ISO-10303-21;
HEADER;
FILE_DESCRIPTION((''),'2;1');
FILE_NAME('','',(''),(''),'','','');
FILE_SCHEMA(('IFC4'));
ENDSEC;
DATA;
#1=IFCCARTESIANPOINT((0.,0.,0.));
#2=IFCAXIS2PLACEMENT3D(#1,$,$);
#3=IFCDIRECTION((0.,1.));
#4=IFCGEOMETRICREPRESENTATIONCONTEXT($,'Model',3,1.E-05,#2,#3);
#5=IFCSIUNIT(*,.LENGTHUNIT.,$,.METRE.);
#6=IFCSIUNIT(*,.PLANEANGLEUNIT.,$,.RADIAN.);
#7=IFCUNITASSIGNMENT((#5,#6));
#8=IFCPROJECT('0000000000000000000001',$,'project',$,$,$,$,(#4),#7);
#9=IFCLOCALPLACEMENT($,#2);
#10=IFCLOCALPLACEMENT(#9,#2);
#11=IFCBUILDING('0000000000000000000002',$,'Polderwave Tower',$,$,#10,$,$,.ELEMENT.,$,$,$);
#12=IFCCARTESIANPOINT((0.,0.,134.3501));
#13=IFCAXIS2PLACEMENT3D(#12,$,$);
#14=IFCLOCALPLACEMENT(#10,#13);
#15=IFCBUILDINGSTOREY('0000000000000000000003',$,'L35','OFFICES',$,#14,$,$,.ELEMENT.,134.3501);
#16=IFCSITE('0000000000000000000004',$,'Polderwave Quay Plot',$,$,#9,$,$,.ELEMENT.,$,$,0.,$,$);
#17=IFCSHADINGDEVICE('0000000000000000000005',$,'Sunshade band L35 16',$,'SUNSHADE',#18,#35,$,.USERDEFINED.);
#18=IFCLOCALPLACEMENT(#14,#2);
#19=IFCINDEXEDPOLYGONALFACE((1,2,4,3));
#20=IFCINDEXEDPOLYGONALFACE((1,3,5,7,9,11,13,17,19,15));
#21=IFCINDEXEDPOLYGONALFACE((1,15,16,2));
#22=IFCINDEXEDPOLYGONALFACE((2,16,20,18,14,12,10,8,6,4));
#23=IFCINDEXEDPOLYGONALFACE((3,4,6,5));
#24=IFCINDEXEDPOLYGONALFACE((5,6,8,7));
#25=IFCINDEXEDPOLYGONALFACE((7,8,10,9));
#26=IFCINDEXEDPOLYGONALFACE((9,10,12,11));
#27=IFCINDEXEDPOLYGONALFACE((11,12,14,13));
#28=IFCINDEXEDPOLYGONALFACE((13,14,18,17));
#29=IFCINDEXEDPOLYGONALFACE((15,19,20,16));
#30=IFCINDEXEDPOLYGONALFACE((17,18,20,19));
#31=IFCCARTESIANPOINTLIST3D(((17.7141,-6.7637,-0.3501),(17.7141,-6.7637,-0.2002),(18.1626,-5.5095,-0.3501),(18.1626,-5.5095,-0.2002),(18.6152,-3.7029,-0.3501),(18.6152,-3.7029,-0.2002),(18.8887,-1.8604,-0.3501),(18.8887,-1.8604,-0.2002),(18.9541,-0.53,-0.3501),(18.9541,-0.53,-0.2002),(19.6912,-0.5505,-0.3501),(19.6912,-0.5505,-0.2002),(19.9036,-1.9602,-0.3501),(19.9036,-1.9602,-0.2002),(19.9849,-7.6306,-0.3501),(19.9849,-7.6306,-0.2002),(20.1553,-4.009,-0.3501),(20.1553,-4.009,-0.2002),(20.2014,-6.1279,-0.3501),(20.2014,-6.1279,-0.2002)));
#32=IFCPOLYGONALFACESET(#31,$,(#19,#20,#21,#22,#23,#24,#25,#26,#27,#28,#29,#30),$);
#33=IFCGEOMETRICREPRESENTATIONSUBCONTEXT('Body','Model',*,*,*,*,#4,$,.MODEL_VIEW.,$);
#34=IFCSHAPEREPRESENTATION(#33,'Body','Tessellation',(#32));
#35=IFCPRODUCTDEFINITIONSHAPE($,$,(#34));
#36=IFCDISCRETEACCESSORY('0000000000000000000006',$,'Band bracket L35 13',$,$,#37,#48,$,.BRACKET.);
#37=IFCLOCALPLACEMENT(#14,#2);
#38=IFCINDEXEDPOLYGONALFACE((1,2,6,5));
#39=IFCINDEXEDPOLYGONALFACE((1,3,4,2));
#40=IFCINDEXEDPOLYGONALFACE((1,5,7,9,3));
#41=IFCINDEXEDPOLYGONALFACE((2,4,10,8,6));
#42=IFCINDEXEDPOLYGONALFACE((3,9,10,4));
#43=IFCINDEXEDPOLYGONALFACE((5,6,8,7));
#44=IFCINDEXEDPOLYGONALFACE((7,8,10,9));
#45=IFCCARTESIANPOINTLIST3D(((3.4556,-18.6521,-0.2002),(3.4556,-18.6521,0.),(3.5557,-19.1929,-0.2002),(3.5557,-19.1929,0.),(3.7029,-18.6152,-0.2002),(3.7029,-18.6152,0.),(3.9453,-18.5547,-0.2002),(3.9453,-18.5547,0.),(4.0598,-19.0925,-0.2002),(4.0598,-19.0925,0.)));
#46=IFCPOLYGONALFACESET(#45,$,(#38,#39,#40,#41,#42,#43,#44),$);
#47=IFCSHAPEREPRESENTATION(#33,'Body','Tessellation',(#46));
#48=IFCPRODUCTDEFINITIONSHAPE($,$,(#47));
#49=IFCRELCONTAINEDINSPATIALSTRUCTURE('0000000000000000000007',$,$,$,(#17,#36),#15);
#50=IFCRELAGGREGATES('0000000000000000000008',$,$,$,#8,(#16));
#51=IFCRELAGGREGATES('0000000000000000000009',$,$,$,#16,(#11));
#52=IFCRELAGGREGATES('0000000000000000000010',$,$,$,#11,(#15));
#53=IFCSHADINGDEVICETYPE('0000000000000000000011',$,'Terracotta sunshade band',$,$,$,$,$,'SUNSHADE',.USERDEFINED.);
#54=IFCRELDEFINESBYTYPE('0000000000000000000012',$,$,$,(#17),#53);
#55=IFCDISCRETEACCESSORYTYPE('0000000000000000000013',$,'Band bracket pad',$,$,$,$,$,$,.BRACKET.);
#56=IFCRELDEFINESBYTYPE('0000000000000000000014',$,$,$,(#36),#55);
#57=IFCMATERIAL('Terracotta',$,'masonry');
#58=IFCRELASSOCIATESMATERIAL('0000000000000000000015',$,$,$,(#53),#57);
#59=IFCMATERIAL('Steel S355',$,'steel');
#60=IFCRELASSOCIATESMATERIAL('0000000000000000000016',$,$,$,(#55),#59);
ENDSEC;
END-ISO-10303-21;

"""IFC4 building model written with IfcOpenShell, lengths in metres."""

from ifc_helpers import new_model, si_unit, direction, frame, origin, place, context, subcontext, project, spatial, polyline, outline, extrude, material, type_object, element, save


model = new_model("IFC4")

# Units and contexts
model_context = context("Model", 3, precision=1e-05, world=origin(), true_north=direction((0.0, 1.0)))
body_context = subcontext(model_context, "Body", "Model", "MODEL_VIEW")
ifc_project = project(units=[si_unit("LENGTHUNIT", "METRE"), si_unit("PLANEANGLEUNIT", "RADIAN")], contexts=[model_context])

# Site, building, storey
site_placement = place(None, origin())
site = spatial("IfcSite", under=ifc_project, at=site_placement, Name="Polderwave Quay Plot", CompositionType="ELEMENT", RefElevation=0.0)
building_placement = place(site_placement, origin())
building = spatial("IfcBuilding", under=site, at=building_placement, Name="Polderwave Tower", CompositionType="ELEMENT")
storey_placement = place(building_placement, frame((0.0, 0.0, 134.3501)))
storey = spatial("IfcBuildingStorey", under=building, at=storey_placement, Name="L35", Description="OFFICES", CompositionType="ELEMENT", Elevation=134.3501)

# Shading device
ifc_material_1 = material(Name="Terracotta", Category="masonry")
shading_device_type = type_object("IfcShadingDeviceType", Name="Terracotta sunshade band", ElementType="SUNSHADE", PredefinedType="USERDEFINED", material=ifc_material_1)
shading_device_1_placement = place(storey_placement, frame((0.0, 0.0, -0.3501)))
element("IfcShadingDevice", 1, at=shading_device_1_placement, inside=storey, type_object=shading_device_type, Name="Sunshade band L35 16", ObjectType="SUNSHADE", PredefinedType="USERDEFINED", context=body_context, shape_type="SweptSolid", body=[
    extrude(outline(polyline([(17.7141, -6.7637), (18.1626, -5.5095), (18.6152, -3.7029), (18.8887, -1.8604), (18.9541, -0.53), (19.6912, -0.5505), (19.9036, -1.9602), (20.1553, -4.009), (20.2014, -6.1279), (19.9849, -7.6306), (17.7141, -6.7637)])), origin(), (0.0, 0.0, 1.0), 0.1499),
])

# Discrete accessory
ifc_material_2 = material(Name="Steel S355", Category="steel")
discrete_accessory_type = type_object("IfcDiscreteAccessoryType", Name="Band bracket pad", PredefinedType="BRACKET", material=ifc_material_2)
discrete_accessory_placement = place(storey_placement, frame((0.0, 0.0, -0.2002)))
element("IfcDiscreteAccessory", 2, at=discrete_accessory_placement, inside=storey, type_object=discrete_accessory_type, Name="Band bracket L35 13", PredefinedType="BRACKET", context=body_context, shape_type="SweptSolid", body=[
    extrude(outline(polyline([(3.4556, -18.6521), (3.7029, -18.6152), (3.9453, -18.5547), (4.0598, -19.0925), (3.5557, -19.1929), (3.4556, -18.6521)])), origin(), (0.0, 0.0, 1.0), 0.2002),
])

save(model, "model.ifc")
